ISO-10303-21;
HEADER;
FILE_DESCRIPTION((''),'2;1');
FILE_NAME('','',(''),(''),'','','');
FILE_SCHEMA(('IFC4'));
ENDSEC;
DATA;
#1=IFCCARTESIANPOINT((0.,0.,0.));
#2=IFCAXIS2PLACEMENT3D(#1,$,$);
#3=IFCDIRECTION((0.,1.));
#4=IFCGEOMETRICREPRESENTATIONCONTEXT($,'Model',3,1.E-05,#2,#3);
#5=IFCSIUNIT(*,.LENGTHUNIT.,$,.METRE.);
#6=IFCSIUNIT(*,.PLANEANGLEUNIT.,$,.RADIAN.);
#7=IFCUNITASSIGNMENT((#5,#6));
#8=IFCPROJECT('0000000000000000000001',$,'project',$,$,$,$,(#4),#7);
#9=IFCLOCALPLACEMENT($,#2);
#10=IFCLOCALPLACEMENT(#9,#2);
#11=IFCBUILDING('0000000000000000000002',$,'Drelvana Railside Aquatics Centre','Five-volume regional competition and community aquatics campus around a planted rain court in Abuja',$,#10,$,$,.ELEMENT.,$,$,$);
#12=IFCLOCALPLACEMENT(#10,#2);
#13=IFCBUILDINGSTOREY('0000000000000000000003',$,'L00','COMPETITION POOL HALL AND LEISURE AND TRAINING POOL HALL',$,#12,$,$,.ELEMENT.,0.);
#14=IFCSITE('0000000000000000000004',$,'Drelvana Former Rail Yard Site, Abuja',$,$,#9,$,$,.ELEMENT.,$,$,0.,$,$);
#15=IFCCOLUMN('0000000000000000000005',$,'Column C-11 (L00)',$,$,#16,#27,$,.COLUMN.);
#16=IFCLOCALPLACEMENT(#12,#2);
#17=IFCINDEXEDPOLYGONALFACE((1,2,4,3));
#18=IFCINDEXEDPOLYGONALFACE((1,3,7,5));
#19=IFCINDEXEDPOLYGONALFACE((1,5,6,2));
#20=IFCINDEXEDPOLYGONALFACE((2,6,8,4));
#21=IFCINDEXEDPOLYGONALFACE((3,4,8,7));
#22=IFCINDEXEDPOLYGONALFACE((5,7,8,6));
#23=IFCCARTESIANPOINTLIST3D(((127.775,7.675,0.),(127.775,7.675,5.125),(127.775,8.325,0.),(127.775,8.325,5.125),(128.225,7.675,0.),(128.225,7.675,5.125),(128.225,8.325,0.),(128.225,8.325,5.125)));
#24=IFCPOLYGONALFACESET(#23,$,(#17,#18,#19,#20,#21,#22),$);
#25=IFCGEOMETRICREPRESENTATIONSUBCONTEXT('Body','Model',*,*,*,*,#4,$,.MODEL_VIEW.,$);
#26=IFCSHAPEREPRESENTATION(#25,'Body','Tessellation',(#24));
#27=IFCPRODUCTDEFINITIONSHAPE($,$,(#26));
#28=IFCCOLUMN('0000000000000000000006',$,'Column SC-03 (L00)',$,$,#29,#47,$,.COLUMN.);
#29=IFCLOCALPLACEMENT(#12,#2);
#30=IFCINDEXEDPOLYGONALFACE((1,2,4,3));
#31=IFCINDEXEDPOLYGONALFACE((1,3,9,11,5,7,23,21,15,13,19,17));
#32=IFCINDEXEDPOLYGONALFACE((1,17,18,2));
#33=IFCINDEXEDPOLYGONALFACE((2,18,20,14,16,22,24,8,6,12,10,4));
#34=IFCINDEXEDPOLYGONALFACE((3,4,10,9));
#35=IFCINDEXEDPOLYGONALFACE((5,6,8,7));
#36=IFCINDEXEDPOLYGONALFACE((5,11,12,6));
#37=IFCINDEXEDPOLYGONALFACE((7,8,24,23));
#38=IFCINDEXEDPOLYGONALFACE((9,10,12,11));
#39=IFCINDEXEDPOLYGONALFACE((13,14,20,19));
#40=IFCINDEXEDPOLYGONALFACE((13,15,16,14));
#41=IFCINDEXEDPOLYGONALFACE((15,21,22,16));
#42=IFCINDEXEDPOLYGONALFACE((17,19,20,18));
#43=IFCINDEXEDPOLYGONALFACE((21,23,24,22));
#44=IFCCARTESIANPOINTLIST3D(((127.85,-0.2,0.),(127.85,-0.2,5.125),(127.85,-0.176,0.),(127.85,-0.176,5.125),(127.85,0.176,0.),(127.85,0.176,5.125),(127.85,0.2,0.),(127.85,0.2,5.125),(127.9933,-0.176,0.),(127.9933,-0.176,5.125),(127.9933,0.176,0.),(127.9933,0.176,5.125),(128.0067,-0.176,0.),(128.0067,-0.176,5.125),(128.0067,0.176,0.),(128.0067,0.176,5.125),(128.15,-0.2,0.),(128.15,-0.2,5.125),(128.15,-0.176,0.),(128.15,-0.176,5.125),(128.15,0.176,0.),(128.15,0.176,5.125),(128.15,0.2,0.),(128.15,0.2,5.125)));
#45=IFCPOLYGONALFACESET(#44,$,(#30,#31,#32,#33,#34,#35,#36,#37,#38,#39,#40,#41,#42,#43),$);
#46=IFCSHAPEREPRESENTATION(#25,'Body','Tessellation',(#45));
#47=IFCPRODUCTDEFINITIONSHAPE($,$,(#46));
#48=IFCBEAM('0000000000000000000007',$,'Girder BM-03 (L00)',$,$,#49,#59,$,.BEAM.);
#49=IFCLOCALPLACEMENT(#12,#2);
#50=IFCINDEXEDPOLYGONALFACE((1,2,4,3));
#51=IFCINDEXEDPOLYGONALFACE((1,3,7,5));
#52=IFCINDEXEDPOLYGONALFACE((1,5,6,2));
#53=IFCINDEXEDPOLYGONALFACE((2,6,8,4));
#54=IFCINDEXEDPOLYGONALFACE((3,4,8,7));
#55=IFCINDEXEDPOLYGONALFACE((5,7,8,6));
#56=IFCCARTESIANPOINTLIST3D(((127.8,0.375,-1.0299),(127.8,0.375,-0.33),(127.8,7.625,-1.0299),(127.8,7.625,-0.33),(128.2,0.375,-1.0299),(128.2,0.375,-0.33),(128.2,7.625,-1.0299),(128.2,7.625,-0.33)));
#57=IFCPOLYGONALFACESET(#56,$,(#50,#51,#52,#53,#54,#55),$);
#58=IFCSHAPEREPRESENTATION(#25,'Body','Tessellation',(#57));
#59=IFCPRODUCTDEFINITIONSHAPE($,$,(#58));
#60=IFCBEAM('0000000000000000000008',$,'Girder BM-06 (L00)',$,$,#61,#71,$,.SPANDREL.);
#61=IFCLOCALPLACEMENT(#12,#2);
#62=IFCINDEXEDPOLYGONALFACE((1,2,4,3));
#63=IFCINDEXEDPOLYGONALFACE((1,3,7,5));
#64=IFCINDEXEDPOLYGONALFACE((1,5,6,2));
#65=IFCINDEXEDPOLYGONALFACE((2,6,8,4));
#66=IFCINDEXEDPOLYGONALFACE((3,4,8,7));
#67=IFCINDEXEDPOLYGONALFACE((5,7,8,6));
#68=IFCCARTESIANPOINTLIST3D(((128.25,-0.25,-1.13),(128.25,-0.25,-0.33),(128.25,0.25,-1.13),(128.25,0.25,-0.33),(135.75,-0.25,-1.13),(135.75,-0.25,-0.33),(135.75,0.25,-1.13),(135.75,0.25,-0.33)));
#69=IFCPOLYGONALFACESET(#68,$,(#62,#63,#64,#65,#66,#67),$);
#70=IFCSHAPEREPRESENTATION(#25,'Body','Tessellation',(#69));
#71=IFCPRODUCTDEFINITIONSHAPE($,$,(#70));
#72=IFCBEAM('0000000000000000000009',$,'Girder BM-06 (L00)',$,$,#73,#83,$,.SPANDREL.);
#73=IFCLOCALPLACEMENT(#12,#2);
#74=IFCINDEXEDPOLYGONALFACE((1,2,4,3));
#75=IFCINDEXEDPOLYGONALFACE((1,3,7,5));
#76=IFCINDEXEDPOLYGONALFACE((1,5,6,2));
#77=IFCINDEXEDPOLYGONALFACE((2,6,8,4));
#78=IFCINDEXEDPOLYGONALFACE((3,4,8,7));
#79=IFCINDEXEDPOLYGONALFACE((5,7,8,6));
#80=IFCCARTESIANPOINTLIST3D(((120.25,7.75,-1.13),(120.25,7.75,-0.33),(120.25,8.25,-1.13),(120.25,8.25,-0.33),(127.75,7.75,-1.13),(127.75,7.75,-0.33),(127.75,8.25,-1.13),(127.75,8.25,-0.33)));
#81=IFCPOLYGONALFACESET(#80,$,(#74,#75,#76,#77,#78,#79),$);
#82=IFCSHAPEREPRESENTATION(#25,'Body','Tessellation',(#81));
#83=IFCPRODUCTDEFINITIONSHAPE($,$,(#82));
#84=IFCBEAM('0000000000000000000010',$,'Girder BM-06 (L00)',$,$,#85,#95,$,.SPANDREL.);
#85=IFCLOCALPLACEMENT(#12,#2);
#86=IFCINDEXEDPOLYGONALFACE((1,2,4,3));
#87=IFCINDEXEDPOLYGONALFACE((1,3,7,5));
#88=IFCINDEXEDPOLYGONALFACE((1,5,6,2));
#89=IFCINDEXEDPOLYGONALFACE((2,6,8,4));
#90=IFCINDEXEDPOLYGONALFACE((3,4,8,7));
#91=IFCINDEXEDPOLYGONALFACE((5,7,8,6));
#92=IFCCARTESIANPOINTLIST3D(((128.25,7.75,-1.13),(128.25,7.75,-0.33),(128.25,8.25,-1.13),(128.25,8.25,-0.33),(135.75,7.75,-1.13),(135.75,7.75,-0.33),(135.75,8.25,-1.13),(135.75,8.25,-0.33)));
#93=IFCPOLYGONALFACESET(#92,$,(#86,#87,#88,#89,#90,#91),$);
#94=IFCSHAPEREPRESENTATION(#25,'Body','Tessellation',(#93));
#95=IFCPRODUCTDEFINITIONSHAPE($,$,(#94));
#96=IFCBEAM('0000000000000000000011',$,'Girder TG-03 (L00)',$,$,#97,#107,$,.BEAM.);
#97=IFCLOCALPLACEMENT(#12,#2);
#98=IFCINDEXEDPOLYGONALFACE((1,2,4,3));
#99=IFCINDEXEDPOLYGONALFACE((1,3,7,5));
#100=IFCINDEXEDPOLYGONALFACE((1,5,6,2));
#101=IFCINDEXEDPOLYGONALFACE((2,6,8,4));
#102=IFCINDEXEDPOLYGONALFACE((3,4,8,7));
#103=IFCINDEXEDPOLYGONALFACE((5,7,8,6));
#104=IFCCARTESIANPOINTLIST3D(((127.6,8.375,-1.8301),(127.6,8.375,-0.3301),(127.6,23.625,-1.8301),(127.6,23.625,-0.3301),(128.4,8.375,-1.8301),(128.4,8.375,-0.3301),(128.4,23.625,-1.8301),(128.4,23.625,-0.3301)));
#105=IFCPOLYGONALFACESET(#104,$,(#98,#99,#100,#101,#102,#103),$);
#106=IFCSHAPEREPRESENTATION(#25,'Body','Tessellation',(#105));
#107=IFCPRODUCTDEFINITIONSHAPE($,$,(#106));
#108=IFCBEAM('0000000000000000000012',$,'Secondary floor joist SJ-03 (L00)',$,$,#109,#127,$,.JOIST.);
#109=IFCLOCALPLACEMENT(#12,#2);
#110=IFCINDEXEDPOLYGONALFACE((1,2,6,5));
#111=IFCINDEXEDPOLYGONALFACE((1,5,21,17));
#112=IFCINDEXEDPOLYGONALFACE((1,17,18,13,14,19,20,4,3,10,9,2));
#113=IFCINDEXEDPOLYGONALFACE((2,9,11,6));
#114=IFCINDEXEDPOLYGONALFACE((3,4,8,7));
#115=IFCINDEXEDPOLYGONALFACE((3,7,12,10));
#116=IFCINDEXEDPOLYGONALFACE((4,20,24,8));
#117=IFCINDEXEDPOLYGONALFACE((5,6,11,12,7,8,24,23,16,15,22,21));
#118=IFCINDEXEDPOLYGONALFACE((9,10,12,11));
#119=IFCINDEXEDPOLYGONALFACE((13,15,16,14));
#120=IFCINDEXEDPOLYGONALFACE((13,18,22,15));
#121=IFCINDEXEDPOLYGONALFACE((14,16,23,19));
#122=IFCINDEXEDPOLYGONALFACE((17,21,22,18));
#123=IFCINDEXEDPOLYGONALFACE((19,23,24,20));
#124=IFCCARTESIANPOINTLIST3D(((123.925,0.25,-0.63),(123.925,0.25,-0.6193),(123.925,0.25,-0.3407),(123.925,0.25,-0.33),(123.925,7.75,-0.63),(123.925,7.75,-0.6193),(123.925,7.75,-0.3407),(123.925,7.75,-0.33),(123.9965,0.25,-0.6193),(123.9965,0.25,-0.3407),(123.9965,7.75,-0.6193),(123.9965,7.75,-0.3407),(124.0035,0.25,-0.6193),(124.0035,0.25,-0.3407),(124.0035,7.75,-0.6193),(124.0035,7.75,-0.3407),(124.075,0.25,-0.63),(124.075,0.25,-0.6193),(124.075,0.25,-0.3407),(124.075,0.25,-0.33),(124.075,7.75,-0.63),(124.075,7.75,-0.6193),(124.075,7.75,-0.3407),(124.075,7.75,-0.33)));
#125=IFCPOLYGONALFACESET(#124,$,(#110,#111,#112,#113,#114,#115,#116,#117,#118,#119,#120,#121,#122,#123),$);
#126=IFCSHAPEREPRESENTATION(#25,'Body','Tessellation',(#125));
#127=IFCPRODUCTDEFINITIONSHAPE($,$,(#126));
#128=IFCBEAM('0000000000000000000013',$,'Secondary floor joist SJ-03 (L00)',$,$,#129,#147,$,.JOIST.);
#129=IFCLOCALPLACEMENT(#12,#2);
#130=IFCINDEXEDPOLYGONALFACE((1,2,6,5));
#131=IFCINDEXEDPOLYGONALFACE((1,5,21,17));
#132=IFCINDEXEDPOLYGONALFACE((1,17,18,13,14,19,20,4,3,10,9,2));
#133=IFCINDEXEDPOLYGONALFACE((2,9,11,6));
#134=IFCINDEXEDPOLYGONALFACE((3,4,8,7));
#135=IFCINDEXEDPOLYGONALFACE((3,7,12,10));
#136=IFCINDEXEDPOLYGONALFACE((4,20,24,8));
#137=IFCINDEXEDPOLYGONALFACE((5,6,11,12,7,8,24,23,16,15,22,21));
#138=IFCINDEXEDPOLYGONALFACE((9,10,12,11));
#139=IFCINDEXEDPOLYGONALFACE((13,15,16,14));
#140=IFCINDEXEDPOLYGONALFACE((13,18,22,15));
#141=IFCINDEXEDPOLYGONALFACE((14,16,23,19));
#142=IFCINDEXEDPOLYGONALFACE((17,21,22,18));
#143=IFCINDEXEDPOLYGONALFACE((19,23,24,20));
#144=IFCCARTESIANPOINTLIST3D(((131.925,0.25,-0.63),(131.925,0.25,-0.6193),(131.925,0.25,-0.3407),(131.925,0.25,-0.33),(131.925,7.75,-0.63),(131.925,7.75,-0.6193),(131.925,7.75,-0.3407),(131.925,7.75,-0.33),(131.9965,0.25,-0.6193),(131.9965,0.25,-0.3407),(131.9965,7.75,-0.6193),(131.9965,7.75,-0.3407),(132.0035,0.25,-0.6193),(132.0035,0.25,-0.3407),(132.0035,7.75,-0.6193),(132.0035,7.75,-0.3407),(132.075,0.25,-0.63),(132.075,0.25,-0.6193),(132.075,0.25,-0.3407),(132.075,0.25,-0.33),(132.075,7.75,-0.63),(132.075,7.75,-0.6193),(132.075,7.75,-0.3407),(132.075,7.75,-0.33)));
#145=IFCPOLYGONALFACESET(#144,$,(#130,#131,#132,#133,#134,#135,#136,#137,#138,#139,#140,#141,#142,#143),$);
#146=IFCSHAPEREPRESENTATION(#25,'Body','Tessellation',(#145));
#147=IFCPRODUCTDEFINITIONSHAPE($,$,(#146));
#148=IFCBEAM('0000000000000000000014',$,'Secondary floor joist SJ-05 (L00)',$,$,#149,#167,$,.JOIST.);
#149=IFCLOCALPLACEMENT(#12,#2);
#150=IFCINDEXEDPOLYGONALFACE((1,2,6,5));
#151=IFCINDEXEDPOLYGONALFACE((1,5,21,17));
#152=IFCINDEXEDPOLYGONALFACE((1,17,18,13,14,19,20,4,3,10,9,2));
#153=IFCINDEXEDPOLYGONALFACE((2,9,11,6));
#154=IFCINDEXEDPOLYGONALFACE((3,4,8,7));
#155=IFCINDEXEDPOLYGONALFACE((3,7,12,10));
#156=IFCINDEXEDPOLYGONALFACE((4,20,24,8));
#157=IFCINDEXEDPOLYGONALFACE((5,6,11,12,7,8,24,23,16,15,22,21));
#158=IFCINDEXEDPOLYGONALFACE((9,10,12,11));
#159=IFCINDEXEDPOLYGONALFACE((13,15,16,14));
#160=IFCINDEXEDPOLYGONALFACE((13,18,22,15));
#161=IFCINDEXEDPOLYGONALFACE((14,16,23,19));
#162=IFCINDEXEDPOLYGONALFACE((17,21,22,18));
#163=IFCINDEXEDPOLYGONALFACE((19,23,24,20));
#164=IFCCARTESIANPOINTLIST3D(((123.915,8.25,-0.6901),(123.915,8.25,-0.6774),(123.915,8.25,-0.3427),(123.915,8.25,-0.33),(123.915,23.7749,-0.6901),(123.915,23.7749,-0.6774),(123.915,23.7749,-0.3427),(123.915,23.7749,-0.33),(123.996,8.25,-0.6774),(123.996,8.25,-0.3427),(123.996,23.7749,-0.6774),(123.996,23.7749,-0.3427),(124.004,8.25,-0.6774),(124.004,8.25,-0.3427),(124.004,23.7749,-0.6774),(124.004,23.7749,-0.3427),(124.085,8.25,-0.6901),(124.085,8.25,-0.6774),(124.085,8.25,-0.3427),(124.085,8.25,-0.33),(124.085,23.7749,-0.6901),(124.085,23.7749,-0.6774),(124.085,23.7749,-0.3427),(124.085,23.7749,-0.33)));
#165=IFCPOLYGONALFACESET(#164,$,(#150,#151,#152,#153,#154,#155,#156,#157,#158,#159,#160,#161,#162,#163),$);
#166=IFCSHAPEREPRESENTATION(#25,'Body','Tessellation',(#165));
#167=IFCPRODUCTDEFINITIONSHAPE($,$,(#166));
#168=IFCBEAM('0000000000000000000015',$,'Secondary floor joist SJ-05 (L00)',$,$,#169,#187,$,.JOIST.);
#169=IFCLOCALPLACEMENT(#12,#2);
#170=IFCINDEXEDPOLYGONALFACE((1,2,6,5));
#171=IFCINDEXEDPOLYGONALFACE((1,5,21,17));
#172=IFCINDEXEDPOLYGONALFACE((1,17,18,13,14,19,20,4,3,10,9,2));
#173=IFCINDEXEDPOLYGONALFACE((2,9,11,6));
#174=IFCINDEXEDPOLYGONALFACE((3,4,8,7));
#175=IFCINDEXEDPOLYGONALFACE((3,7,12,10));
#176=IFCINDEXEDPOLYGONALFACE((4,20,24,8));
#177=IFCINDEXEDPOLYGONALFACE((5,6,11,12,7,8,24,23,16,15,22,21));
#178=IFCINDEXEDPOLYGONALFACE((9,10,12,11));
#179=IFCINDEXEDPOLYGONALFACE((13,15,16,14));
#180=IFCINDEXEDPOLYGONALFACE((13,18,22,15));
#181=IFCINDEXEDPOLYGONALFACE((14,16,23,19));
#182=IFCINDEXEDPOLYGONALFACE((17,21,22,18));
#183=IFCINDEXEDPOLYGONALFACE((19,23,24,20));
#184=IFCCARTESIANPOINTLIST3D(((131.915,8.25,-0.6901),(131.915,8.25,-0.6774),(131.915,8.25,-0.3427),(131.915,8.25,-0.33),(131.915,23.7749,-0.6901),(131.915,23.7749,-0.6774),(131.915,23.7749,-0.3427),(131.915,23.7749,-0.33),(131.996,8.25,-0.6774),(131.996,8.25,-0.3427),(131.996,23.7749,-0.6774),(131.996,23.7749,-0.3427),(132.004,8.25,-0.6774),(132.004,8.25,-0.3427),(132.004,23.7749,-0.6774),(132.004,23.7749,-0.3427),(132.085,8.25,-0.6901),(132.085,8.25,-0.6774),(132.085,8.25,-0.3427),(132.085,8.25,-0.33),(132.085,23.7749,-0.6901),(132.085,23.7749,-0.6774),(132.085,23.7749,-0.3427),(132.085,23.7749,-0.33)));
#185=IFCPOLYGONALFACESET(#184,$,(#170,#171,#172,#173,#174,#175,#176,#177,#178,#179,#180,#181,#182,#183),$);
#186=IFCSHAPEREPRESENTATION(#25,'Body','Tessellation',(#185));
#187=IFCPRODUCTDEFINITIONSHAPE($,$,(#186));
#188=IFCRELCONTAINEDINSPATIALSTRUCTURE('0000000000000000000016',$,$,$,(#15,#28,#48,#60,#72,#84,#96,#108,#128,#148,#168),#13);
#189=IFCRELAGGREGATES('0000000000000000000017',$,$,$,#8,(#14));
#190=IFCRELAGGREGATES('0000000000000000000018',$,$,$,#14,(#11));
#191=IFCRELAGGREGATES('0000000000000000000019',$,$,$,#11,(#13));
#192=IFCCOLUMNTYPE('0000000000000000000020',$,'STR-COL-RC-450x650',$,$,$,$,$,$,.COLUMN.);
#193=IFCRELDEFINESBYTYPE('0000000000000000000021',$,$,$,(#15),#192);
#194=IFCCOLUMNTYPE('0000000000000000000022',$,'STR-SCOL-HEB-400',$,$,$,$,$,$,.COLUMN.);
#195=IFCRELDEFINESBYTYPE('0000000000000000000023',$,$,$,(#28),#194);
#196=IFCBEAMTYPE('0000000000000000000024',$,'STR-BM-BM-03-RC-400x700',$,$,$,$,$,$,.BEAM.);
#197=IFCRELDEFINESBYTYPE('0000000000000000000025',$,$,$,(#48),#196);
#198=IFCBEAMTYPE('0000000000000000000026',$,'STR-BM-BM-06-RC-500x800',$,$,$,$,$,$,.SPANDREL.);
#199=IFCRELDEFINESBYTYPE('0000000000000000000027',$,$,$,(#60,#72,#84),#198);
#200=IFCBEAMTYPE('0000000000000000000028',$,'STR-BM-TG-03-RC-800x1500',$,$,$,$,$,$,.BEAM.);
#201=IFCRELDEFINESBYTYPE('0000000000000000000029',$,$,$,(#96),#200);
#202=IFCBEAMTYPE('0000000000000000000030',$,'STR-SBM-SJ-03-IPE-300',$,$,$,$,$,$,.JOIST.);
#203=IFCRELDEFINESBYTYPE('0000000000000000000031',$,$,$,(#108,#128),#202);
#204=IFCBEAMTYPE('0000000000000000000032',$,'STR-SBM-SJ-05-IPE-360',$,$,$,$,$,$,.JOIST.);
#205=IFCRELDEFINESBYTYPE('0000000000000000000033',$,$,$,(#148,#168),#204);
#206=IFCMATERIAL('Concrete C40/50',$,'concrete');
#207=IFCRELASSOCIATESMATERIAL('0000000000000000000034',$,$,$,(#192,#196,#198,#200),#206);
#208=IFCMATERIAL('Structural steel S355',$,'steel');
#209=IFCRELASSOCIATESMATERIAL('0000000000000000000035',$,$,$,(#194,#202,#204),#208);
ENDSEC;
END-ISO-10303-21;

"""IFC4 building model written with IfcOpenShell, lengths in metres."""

from ifc_helpers import new_model, si_unit, direction, frame, origin, origin_2d, place, context, subcontext, project, spatial, rectangle, i_section, extrude, material, material_profile, profile_set, type_object, element, save


model = new_model("IFC4")

# Units and contexts
model_context = context("Model", 3, precision=1e-05, world=origin(), true_north=direction((0.0, 1.0)))
body_context = subcontext(model_context, "Body", "Model", "MODEL_VIEW")
ifc_project = project(units=[si_unit("LENGTHUNIT", "METRE"), si_unit("PLANEANGLEUNIT", "RADIAN")], contexts=[model_context])

# Site, building, storey
site_placement = place(None, origin())
site = spatial("IfcSite", under=ifc_project, at=site_placement, Name="Drelvana Former Rail Yard Site, Abuja", CompositionType="ELEMENT", RefElevation=0.0)
building_placement = place(site_placement, origin())
building = spatial("IfcBuilding", under=site, at=building_placement, Name="Drelvana Railside Aquatics Centre", Description="Five-volume regional competition and community aquatics campus around a planted rain court in Abuja", CompositionType="ELEMENT")
storey_placement = place(building_placement, origin())
storey = spatial("IfcBuildingStorey", under=building, at=storey_placement, Name="L00", Description="COMPETITION POOL HALL AND LEISURE AND TRAINING POOL HALL", CompositionType="ELEMENT", Elevation=0.0)

# Columns
ifc_material_1 = material(Name="Concrete C40/50", Category="concrete")
ifc_material_profile_1 = material_profile(ifc_material_1, rectangle(XDim=0.45, YDim=0.6499, at=origin_2d()), Name="RC 450x650")
ifc_profile_set_1 = profile_set([ifc_material_profile_1], Name="Concrete C40/50")
column_type_1 = type_object("IfcColumnType", Name="STR-COL-RC-450x650", PredefinedType="COLUMN", material=ifc_profile_set_1)
column_1_placement = place(storey_placement, frame((128.0, 8.0, 0.0), z_axis=(0.0, 0.0, 1.0), x_axis=(1.0, 0.0, 0.0)))
element("IfcColumn", 1, at=column_1_placement, inside=storey, type_object=column_type_1, Name="Column C-11 (L00)", PredefinedType="COLUMN", context=body_context, shape_type="SweptSolid", body=[
    extrude(rectangle(XDim=0.45, YDim=0.6499, at=origin_2d()), origin(), (0.0, 0.0, 1.0), 5.125),
])
ifc_material_2 = material(Name="Structural steel S355", Category="steel")
ifc_material_profile_2 = material_profile(ifc_material_2, i_section(OverallWidth=0.3, OverallDepth=0.3999, WebThickness=0.0134, FlangeThickness=0.0239, at=origin_2d()), Name="HEB 400")
ifc_profile_set_2 = profile_set([ifc_material_profile_2], Name="Structural steel S355")
column_type_2 = type_object("IfcColumnType", Name="STR-SCOL-HEB-400", PredefinedType="COLUMN", material=ifc_profile_set_2)
column_2_placement = place(storey_placement, frame((128.0, 0.0, 0.0), z_axis=(0.0, 0.0, 1.0), x_axis=(1.0, 0.0, 0.0)))
element("IfcColumn", 2, at=column_2_placement, inside=storey, type_object=column_type_2, Name="Column SC-03 (L00)", PredefinedType="COLUMN", context=body_context, shape_type="SweptSolid", body=[
    extrude(i_section(OverallWidth=0.3, OverallDepth=0.3999, WebThickness=0.0134, FlangeThickness=0.0239, at=origin_2d()), origin(), (0.0, 0.0, 1.0), 5.125),
])

# Beams
ifc_material_profile_3 = material_profile(ifc_material_1, rectangle(XDim=0.3999, YDim=0.7, at=origin_2d()), Name="RC 400x700")
ifc_profile_set_3 = profile_set([ifc_material_profile_3], Name="Concrete C40/50")
beam_type_1 = type_object("IfcBeamType", Name="STR-BM-BM-03-RC-400x700", PredefinedType="BEAM", material=ifc_profile_set_3)
beam_1_placement = place(storey_placement, frame((128.0, 0.375, -0.6799), z_axis=(0.0, 1.0, 0.0), x_axis=(-1.0, 0.0, 0.0)))
element("IfcBeam", 3, at=beam_1_placement, inside=storey, type_object=beam_type_1, Name="Girder BM-03 (L00)", PredefinedType="BEAM", context=body_context, shape_type="SweptSolid", body=[
    extrude(rectangle(XDim=0.3999, YDim=0.7, at=origin_2d()), origin(), (0.0, 0.0, 1.0), 7.25),
])
ifc_material_profile_4 = material_profile(ifc_material_1, rectangle(XDim=0.5, YDim=0.8, at=origin_2d()), Name="RC 500x800")
ifc_profile_set_4 = profile_set([ifc_material_profile_4], Name="Concrete C40/50")
beam_type_2 = type_object("IfcBeamType", Name="STR-BM-BM-06-RC-500x800", PredefinedType="SPANDREL", material=ifc_profile_set_4)
for number, where, z_axis, x_axis, name in (
    (4, (128.25, 0.0, -0.73), (1.0, 0.0, 0.0), (0.0, 1.0, 0.0), "Girder BM-06 (L00)"),
    (5, (120.25, 8.0, -0.73), (1.0, 0.0, 0.0), (0.0, 1.0, 0.0), "Girder BM-06 (L00)"),
    (6, (128.25, 8.0, -0.73), (1.0, 0.0, 0.0), (0.0, 1.0, 0.0), "Girder BM-06 (L00)"),
):
    element("IfcBeam", number, at=place(storey_placement, frame(where, z_axis=z_axis, x_axis=x_axis)), inside=storey, type_object=beam_type_2, Name=name, PredefinedType="SPANDREL", context=body_context, shape_type="SweptSolid", body=[
        extrude(rectangle(XDim=0.5, YDim=0.8, at=origin_2d()), origin(), (0.0, 0.0, 1.0), 7.5),
    ])
ifc_material_profile_5 = material_profile(ifc_material_1, rectangle(XDim=0.8, YDim=1.5, at=origin_2d()), Name="RC 800x1500")
ifc_profile_set_5 = profile_set([ifc_material_profile_5], Name="Concrete C40/50")
beam_type_3 = type_object("IfcBeamType", Name="STR-BM-TG-03-RC-800x1500", PredefinedType="BEAM", material=ifc_profile_set_5)
beam_2_placement = place(storey_placement, frame((128.0, 8.375, -1.0801), z_axis=(0.0, 1.0, 0.0), x_axis=(-1.0, 0.0, 0.0)))
element("IfcBeam", 7, at=beam_2_placement, inside=storey, type_object=beam_type_3, Name="Girder TG-03 (L00)", PredefinedType="BEAM", context=body_context, shape_type="SweptSolid", body=[
    extrude(rectangle(XDim=0.8, YDim=1.5, at=origin_2d()), origin(), (0.0, 0.0, 1.0), 15.25),
])
ifc_material_profile_6 = material_profile(ifc_material_2, i_section(OverallWidth=0.1499, OverallDepth=0.3, WebThickness=0.0071, FlangeThickness=0.0107, at=origin_2d()), Name="IPE 300")
ifc_profile_set_6 = profile_set([ifc_material_profile_6], Name="Structural steel S355")
beam_type_4 = type_object("IfcBeamType", Name="STR-SBM-SJ-03-IPE-300", PredefinedType="JOIST", material=ifc_profile_set_6)
for number, where, z_axis, x_axis, name in (
    (8, (124.0, 0.25, -0.48), (0.0, 1.0, 0.0), (-1.0, 0.0, 0.0), "Secondary floor joist SJ-03 (L00)"),
    (9, (132.0, 0.25, -0.48), (0.0, 1.0, 0.0), (-1.0, 0.0, 0.0), "Secondary floor joist SJ-03 (L00)"),
):
    element("IfcBeam", number, at=place(storey_placement, frame(where, z_axis=z_axis, x_axis=x_axis)), inside=storey, type_object=beam_type_4, Name=name, PredefinedType="JOIST", context=body_context, shape_type="SweptSolid", body=[
        extrude(i_section(OverallWidth=0.1499, OverallDepth=0.3, WebThickness=0.0071, FlangeThickness=0.0107, at=origin_2d()), origin(), (0.0, 0.0, 1.0), 7.5),
    ])
ifc_material_profile_7 = material_profile(ifc_material_2, i_section(OverallWidth=0.1699, OverallDepth=0.3601, WebThickness=0.0081, FlangeThickness=0.0127, at=origin_2d()), Name="IPE 360")
ifc_profile_set_7 = profile_set([ifc_material_profile_7], Name="Structural steel S355")
beam_type_5 = type_object("IfcBeamType", Name="STR-SBM-SJ-05-IPE-360", PredefinedType="JOIST", material=ifc_profile_set_7)
for number, where, z_axis, x_axis, name in (
    (10, (124.0, 8.25, -0.51), (0.0, 1.0, 0.0), (-1.0, 0.0, 0.0), "Secondary floor joist SJ-05 (L00)"),
    (11, (132.0, 8.25, -0.51), (0.0, 1.0, 0.0), (-1.0, 0.0, 0.0), "Secondary floor joist SJ-05 (L00)"),
):
    element("IfcBeam", number, at=place(storey_placement, frame(where, z_axis=z_axis, x_axis=x_axis)), inside=storey, type_object=beam_type_5, Name=name, PredefinedType="JOIST", context=body_context, shape_type="SweptSolid", body=[
        extrude(i_section(OverallWidth=0.1699, OverallDepth=0.3601, WebThickness=0.0081, FlangeThickness=0.0127, at=origin_2d()), origin(), (0.0, 0.0, 1.0), 15.5249),
    ])

save(model, "model.ifc")
